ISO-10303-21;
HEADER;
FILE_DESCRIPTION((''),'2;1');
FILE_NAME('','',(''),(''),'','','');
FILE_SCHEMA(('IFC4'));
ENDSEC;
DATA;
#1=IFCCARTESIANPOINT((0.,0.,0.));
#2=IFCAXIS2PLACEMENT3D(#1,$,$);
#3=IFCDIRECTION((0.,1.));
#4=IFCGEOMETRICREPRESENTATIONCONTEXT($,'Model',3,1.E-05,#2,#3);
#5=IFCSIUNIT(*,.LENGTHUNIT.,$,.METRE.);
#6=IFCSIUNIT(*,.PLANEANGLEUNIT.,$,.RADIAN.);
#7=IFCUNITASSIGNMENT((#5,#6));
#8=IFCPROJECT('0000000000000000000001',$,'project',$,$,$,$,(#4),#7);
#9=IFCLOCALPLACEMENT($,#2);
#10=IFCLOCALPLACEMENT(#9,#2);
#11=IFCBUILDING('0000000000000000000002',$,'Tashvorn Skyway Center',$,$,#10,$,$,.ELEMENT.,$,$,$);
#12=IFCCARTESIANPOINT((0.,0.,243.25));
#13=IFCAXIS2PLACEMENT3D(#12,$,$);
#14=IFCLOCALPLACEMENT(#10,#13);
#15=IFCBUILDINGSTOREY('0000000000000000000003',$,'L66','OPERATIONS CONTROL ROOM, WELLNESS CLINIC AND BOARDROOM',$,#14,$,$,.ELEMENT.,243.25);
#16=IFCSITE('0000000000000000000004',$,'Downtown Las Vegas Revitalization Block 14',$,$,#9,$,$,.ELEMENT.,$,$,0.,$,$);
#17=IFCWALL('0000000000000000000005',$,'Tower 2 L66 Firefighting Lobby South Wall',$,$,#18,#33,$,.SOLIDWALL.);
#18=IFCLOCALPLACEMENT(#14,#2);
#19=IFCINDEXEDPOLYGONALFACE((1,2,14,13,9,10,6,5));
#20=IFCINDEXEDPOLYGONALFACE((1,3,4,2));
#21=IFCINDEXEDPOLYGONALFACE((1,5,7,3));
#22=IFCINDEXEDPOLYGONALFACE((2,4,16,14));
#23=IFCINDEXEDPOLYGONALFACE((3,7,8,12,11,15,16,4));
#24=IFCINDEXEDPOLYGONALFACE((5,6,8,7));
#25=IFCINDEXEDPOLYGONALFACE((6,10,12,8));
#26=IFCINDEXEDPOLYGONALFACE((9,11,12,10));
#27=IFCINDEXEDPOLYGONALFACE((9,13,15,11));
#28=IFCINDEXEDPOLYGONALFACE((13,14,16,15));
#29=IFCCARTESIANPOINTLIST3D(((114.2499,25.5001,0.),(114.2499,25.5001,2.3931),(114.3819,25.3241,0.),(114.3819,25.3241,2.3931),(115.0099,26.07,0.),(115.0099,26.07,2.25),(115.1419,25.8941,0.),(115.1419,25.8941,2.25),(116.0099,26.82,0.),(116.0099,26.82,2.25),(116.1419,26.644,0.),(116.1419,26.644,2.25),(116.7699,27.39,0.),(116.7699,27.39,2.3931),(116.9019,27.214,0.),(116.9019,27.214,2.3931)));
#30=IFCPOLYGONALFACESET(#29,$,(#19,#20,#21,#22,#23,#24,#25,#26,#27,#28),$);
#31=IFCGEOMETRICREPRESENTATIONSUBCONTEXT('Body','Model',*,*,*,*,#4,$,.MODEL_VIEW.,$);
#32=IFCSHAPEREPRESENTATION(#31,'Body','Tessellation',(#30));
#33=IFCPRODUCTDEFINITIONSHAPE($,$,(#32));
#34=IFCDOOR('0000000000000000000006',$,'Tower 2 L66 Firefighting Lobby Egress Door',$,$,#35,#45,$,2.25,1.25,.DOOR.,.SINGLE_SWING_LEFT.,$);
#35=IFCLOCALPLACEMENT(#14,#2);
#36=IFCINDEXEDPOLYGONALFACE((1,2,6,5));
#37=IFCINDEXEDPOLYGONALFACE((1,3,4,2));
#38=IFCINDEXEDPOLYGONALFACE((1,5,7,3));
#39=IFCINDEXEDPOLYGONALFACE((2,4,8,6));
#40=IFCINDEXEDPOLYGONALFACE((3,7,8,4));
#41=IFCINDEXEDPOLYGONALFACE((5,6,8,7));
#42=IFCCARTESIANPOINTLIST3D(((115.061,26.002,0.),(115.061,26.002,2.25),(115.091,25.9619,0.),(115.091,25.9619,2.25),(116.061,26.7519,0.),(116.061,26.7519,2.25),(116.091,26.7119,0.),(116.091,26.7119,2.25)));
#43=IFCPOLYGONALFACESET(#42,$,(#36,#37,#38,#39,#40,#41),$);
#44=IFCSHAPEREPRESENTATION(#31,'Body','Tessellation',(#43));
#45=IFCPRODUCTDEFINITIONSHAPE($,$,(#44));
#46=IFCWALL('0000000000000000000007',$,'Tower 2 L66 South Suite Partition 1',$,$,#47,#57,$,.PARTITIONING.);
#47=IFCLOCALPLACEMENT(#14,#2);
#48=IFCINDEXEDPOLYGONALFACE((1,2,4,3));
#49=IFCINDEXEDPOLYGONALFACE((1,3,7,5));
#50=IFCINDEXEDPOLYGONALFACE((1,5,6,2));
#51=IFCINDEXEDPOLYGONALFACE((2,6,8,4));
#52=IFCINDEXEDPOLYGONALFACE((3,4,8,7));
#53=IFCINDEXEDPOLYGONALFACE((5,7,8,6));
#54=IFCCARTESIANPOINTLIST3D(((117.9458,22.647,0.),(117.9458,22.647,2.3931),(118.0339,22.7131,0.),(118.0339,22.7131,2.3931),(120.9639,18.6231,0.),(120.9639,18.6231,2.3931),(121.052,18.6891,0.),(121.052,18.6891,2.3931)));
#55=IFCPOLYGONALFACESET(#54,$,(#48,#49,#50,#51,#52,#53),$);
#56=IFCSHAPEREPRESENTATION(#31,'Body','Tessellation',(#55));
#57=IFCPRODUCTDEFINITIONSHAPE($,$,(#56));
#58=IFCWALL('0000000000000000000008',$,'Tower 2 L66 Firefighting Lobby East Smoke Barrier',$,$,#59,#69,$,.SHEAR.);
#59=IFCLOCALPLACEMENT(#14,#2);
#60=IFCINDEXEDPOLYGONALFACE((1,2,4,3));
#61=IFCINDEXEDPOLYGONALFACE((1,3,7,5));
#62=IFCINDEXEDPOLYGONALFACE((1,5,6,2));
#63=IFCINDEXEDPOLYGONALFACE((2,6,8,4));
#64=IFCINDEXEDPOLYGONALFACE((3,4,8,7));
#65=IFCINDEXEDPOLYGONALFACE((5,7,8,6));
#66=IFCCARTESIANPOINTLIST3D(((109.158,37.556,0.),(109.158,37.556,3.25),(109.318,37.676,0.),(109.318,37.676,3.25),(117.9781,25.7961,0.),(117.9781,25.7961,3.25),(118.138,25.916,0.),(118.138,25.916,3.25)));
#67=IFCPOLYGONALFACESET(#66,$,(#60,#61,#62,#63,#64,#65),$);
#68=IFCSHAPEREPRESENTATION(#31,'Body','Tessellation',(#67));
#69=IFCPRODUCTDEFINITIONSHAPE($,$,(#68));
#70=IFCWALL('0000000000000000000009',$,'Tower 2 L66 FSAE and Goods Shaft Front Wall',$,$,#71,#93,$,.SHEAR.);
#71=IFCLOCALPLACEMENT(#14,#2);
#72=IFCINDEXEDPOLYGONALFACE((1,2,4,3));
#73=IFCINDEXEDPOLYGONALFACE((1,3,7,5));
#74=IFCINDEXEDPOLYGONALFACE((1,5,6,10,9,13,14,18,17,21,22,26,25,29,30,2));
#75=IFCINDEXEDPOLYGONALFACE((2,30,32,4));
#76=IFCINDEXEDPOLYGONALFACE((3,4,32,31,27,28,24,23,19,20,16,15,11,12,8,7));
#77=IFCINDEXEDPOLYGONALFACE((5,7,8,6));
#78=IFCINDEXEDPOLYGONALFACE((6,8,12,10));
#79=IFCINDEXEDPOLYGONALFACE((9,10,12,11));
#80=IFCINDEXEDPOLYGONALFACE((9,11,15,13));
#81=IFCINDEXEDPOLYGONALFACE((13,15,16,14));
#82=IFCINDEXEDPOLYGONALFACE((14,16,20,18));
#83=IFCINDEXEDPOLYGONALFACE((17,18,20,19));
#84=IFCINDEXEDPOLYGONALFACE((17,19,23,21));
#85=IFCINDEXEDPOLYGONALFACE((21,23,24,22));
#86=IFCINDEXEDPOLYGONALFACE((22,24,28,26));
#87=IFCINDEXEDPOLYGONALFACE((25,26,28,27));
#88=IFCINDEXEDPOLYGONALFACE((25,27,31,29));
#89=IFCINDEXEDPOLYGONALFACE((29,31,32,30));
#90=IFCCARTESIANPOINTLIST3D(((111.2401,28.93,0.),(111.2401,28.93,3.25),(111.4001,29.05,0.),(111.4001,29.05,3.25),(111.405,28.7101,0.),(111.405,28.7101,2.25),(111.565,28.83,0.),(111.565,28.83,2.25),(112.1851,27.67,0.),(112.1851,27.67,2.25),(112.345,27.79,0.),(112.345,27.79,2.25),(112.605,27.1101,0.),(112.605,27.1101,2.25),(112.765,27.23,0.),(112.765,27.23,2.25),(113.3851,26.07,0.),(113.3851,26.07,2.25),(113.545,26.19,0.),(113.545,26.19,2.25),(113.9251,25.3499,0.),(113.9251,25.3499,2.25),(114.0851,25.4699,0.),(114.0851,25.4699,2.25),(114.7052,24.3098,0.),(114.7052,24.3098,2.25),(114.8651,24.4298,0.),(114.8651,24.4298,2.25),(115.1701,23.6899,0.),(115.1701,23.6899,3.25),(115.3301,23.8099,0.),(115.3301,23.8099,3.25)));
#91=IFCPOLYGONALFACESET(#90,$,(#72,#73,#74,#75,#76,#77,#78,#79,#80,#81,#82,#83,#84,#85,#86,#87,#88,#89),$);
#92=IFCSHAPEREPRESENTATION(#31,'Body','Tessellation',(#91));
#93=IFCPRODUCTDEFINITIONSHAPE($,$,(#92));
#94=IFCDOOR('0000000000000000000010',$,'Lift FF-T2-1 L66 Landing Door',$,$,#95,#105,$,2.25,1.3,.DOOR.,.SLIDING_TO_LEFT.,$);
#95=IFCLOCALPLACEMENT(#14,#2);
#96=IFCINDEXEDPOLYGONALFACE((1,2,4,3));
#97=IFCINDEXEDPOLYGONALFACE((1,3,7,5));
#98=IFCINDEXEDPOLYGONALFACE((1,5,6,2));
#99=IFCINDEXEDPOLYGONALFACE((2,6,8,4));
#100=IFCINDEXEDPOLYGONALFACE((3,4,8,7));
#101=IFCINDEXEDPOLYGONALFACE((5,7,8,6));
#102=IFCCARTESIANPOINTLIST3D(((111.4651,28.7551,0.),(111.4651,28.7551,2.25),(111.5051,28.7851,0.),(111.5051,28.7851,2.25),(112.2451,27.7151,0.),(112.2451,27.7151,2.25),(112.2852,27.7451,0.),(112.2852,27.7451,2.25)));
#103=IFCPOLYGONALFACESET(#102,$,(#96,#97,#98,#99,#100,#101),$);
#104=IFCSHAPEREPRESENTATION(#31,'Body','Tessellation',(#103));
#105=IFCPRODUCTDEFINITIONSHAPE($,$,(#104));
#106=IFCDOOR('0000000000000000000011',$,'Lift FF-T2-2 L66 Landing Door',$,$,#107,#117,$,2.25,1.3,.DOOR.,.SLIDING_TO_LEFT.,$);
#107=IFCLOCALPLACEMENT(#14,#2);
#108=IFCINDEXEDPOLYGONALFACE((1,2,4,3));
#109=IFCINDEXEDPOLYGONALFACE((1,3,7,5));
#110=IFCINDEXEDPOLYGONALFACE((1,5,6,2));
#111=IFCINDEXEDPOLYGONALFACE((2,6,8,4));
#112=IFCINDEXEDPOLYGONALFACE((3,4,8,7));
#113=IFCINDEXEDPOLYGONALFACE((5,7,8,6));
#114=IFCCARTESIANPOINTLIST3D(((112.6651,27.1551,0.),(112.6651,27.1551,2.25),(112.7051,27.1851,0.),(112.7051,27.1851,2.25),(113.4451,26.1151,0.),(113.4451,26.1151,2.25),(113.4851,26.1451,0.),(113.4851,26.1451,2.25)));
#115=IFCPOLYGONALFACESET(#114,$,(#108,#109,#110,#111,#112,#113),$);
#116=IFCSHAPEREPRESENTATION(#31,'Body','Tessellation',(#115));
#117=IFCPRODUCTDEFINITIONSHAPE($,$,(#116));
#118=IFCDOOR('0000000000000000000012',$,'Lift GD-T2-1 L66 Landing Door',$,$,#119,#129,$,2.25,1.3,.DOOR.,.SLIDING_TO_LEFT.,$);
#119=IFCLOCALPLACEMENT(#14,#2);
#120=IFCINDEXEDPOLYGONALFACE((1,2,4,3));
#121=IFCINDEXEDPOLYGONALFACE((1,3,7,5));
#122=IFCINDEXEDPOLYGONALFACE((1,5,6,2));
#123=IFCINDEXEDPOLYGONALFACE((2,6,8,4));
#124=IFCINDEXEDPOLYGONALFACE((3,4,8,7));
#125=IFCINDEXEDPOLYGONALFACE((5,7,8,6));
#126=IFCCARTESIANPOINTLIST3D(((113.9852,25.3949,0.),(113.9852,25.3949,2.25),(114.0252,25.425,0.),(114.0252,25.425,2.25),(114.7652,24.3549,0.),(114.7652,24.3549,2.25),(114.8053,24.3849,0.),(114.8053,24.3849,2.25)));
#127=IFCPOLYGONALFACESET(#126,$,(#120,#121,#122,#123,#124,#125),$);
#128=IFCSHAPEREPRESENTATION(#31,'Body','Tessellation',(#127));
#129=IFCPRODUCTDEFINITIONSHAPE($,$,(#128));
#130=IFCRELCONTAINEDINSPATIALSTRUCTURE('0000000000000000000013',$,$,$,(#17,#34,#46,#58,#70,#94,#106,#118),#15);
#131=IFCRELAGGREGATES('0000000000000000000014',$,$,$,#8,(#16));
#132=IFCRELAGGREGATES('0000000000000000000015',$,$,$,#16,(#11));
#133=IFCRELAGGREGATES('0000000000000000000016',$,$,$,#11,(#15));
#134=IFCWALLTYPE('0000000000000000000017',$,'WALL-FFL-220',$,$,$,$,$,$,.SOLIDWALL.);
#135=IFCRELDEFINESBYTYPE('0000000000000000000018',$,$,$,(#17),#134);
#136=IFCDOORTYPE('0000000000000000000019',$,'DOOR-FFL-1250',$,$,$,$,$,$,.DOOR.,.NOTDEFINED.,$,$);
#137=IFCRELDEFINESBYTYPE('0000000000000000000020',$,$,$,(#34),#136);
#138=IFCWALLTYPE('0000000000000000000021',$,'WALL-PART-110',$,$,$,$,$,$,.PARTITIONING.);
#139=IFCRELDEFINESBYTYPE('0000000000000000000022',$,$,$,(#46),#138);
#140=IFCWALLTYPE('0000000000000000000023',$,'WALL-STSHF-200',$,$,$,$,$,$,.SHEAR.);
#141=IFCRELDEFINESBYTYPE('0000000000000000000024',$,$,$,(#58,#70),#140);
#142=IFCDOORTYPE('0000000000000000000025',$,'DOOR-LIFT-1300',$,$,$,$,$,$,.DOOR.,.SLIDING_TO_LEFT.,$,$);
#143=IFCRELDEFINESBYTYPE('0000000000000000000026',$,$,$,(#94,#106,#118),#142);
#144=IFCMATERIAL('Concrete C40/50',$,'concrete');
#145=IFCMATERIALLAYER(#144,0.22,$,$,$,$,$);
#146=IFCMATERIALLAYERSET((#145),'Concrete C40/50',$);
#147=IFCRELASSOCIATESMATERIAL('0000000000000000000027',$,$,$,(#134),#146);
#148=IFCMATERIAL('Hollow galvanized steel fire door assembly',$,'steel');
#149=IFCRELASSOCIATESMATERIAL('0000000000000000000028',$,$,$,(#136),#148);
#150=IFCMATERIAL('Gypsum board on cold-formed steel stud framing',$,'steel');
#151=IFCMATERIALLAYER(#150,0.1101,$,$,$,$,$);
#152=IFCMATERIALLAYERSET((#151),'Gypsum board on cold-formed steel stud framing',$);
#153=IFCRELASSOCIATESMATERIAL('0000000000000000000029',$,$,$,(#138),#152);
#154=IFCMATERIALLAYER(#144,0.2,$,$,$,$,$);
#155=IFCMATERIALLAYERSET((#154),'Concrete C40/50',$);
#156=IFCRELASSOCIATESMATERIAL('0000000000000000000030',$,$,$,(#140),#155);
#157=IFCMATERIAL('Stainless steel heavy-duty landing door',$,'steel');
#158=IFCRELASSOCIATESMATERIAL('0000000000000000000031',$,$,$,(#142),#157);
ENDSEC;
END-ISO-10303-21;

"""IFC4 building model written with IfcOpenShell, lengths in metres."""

from ifc_helpers import new_model, si_unit, direction, frame, frame_2d, origin, place, context, subcontext, project, spatial, rectangle, extrude, material, layer, layer_set, type_object, element, fill, save


model = new_model("IFC4")

# Units and contexts
model_context = context("Model", 3, precision=1e-05, world=origin(), true_north=direction((0.0, 1.0)))
body_context = subcontext(model_context, "Body", "Model", "MODEL_VIEW")
ifc_project = project(units=[si_unit("LENGTHUNIT", "METRE"), si_unit("PLANEANGLEUNIT", "RADIAN")], contexts=[model_context])

# Site, building, storey
site_placement = place(None, origin())
site = spatial("IfcSite", under=ifc_project, at=site_placement, Name="Downtown Las Vegas Revitalization Block 14", CompositionType="ELEMENT", RefElevation=0.0)
building_placement = place(site_placement, origin())
building = spatial("IfcBuilding", under=site, at=building_placement, Name="Tashvorn Skyway Center", CompositionType="ELEMENT")
storey_placement = place(building_placement, frame((0.0, 0.0, 243.25)))
storey = spatial("IfcBuildingStorey", under=building, at=storey_placement, Name="L66", Description="OPERATIONS CONTROL ROOM, WELLNESS CLINIC AND BOARDROOM", CompositionType="ELEMENT", Elevation=243.25)

# Wall, opening, door
ifc_material_1 = material(Name="Concrete C40/50", Category="concrete")
ifc_layer_1 = layer(ifc_material_1, 0.22)
ifc_layer_set_1 = layer_set([ifc_layer_1], Name="Concrete C40/50")
wall_type_1 = type_object("IfcWallType", Name="WALL-FFL-220", PredefinedType="SOLIDWALL", material=ifc_layer_set_1)
wall_1_placement = place(storey_placement, frame((114.3159, 25.4121, 0.0), z_axis=(0.0, 0.0, 1.0), x_axis=(0.800019, 0.599975, 0.0)))
wall_1 = element("IfcWall", 1, at=wall_1_placement, inside=storey, type_object=wall_type_1, Name="Tower 2 L66 Firefighting Lobby South Wall", PredefinedType="SOLIDWALL", context=body_context, shape_type="SweptSolid", body=[
    extrude(rectangle(XDim=3.1499, YDim=0.22, at=frame_2d((1.575, 0.0))), origin(), (0.0, 0.0, 1.0), 2.3931),
])
opening_1_placement = place(wall_1_placement, frame((0.95, 0.0, 0.0)))
opening_1 = element("IfcOpeningElement", 2, at=opening_1_placement, cuts=wall_1, PredefinedType="OPENING", context=body_context, shape_type="SweptSolid", body=[
    extrude(rectangle(XDim=1.25, YDim=2.25, at=frame_2d((0.625, 1.125))), frame((0.0, 0.1199, 0.0), z_axis=(0.0, -1.0, 0.0), x_axis=(1.0, 0.0, 0.0)), (0.0, 0.0, 1.0), 0.24),
])
ifc_material_2 = material(Name="Hollow galvanized steel fire door assembly", Category="steel")
door_type_1 = type_object("IfcDoorType", Name="DOOR-FFL-1250", OperationType="NOTDEFINED", PredefinedType="DOOR", material=ifc_material_2)
door_1_placement = place(opening_1_placement, origin())
door_1 = element("IfcDoor", 3, at=door_1_placement, inside=storey, type_object=door_type_1, Name="Tower 2 L66 Firefighting Lobby Egress Door", OperationType="SINGLE_SWING_LEFT", OverallHeight=2.25, OverallWidth=1.25, PredefinedType="DOOR", context=body_context, shape_type="SweptSolid", body=[
    extrude(rectangle(XDim=1.25, YDim=2.25, at=frame_2d((0.625, 1.125))), frame((0.0, 0.0249, 0.0), z_axis=(0.0, -1.0, 0.0), x_axis=(1.0, 0.0, 0.0)), (0.0, 0.0, 1.0), 0.05),
])
fill(opening_1, door_1)

# Walls
ifc_material_3 = material(Name="Gypsum board on cold-formed steel stud framing", Category="steel")
ifc_layer_2 = layer(ifc_material_3, 0.1101)
ifc_layer_set_2 = layer_set([ifc_layer_2], Name="Gypsum board on cold-formed steel stud framing")
wall_type_2 = type_object("IfcWallType", Name="WALL-PART-110", PredefinedType="PARTITIONING", material=ifc_layer_set_2)
wall_2_placement = place(storey_placement, frame((121.0081, 18.656, 0.0), z_axis=(0.0, 0.0, 1.0), x_axis=(-0.600016, 0.799988, 0.0)))
element("IfcWall", 4, at=wall_2_placement, inside=storey, type_object=wall_type_2, Name="Tower 2 L66 South Suite Partition 1", PredefinedType="PARTITIONING", context=body_context, shape_type="SweptSolid", body=[
    extrude(rectangle(XDim=5.03, YDim=0.1101, at=frame_2d((2.5151, 0.0))), origin(), (0.0, 0.0, 1.0), 2.3931),
])
ifc_layer_3 = layer(ifc_material_1, 0.2)
ifc_layer_set_3 = layer_set([ifc_layer_3], Name="Concrete C40/50")
wall_type_3 = type_object("IfcWallType", Name="WALL-STSHF-200", PredefinedType="SHEAR", material=ifc_layer_set_3)
wall_3_placement = place(storey_placement, frame((118.0581, 25.856, 0.0), z_axis=(0.0, 0.0, 1.0), x_axis=(-0.600003, 0.799998, 0.0)))
element("IfcWall", 5, at=wall_3_placement, inside=storey, type_object=wall_type_3, Name="Tower 2 L66 Firefighting Lobby East Smoke Barrier", PredefinedType="SHEAR", context=body_context, shape_type="SweptSolid", body=[
    extrude(rectangle(XDim=14.7, YDim=0.2, at=frame_2d((7.3501, 0.0))), origin(), (0.0, 0.0, 1.0), 3.25),
])

# Wall, openings, doors
wall_4_placement = place(storey_placement, frame((115.25, 23.75, 0.0), z_axis=(0.0, 0.0, 1.0), x_axis=(-0.599994, 0.800004, 0.0)))
wall_4 = element("IfcWall", 6, at=wall_4_placement, inside=storey, type_object=wall_type_3, Name="Tower 2 L66 FSAE and Goods Shaft Front Wall", PredefinedType="SHEAR", context=body_context, shape_type="SweptSolid", body=[
    extrude(rectangle(XDim=6.55, YDim=0.2, at=frame_2d((3.2749, 0.0))), origin(), (0.0, 0.0, 1.0), 3.25),
])
opening_2_placement = place(wall_4_placement, frame((4.9751, 0.0, 0.0)))
opening_2 = element("IfcOpeningElement", 7, at=opening_2_placement, cuts=wall_4, PredefinedType="OPENING", context=body_context, shape_type="SweptSolid", body=[
    extrude(rectangle(XDim=1.3, YDim=2.25, at=frame_2d((0.6499, 1.125))), frame((0.0, 0.1099, 0.0), z_axis=(0.0, -1.0, 0.0), x_axis=(1.0, 0.0, 0.0)), (0.0, 0.0, 1.0), 0.22),
])
opening_3_placement = place(wall_4_placement, frame((2.9751, 0.0, 0.0)))
opening_3 = element("IfcOpeningElement", 8, at=opening_3_placement, cuts=wall_4, PredefinedType="OPENING", context=body_context, shape_type="SweptSolid", body=[
    extrude(rectangle(XDim=1.3, YDim=2.25, at=frame_2d((0.6499, 1.125))), frame((0.0, 0.1099, 0.0), z_axis=(0.0, -1.0, 0.0), x_axis=(1.0, 0.0, 0.0)), (0.0, 0.0, 1.0), 0.22),
])
opening_4_placement = place(wall_4_placement, frame((0.7749, 0.0, 0.0)))
opening_4 = element("IfcOpeningElement", 9, at=opening_4_placement, cuts=wall_4, PredefinedType="OPENING", context=body_context, shape_type="SweptSolid", body=[
    extrude(rectangle(XDim=1.3, YDim=2.25, at=frame_2d((0.6499, 1.125))), frame((0.0, 0.1099, 0.0), z_axis=(0.0, -1.0, 0.0), x_axis=(1.0, 0.0, 0.0)), (0.0, 0.0, 1.0), 0.22),
])
ifc_material_4 = material(Name="Stainless steel heavy-duty landing door", Category="steel")
door_type_2 = type_object("IfcDoorType", Name="DOOR-LIFT-1300", OperationType="SLIDING_TO_LEFT", PredefinedType="DOOR", material=ifc_material_4)
door_2_placement = place(opening_2_placement, origin())
door_2 = element("IfcDoor", 10, at=door_2_placement, inside=storey, type_object=door_type_2, Name="Lift FF-T2-1 L66 Landing Door", OperationType="SLIDING_TO_LEFT", OverallHeight=2.25, OverallWidth=1.3, PredefinedType="DOOR", context=body_context, shape_type="SweptSolid", body=[
    extrude(rectangle(XDim=1.3, YDim=2.25, at=frame_2d((0.6499, 1.125))), frame((0.0, 0.0249, 0.0), z_axis=(0.0, -1.0, 0.0), x_axis=(1.0, 0.0, 0.0)), (0.0, 0.0, 1.0), 0.05),
])
fill(opening_2, door_2)
door_3_placement = place(opening_3_placement, origin())
door_3 = element("IfcDoor", 11, at=door_3_placement, inside=storey, type_object=door_type_2, Name="Lift FF-T2-2 L66 Landing Door", OperationType="SLIDING_TO_LEFT", OverallHeight=2.25, OverallWidth=1.3, PredefinedType="DOOR", context=body_context, shape_type="SweptSolid", body=[
    extrude(rectangle(XDim=1.3, YDim=2.25, at=frame_2d((0.6499, 1.125))), frame((0.0, 0.0249, 0.0), z_axis=(0.0, -1.0, 0.0), x_axis=(1.0, 0.0, 0.0)), (0.0, 0.0, 1.0), 0.05),
])
fill(opening_3, door_3)
door_4_placement = place(opening_4_placement, origin())
door_4 = element("IfcDoor", 12, at=door_4_placement, inside=storey, type_object=door_type_2, Name="Lift GD-T2-1 L66 Landing Door", OperationType="SLIDING_TO_LEFT", OverallHeight=2.25, OverallWidth=1.3, PredefinedType="DOOR", context=body_context, shape_type="SweptSolid", body=[
    extrude(rectangle(XDim=1.3, YDim=2.25, at=frame_2d((0.6499, 1.125))), frame((0.0, 0.0249, 0.0), z_axis=(0.0, -1.0, 0.0), x_axis=(1.0, 0.0, 0.0)), (0.0, 0.0, 1.0), 0.05),
])
fill(opening_4, door_4)

save(model, "model.ifc")
